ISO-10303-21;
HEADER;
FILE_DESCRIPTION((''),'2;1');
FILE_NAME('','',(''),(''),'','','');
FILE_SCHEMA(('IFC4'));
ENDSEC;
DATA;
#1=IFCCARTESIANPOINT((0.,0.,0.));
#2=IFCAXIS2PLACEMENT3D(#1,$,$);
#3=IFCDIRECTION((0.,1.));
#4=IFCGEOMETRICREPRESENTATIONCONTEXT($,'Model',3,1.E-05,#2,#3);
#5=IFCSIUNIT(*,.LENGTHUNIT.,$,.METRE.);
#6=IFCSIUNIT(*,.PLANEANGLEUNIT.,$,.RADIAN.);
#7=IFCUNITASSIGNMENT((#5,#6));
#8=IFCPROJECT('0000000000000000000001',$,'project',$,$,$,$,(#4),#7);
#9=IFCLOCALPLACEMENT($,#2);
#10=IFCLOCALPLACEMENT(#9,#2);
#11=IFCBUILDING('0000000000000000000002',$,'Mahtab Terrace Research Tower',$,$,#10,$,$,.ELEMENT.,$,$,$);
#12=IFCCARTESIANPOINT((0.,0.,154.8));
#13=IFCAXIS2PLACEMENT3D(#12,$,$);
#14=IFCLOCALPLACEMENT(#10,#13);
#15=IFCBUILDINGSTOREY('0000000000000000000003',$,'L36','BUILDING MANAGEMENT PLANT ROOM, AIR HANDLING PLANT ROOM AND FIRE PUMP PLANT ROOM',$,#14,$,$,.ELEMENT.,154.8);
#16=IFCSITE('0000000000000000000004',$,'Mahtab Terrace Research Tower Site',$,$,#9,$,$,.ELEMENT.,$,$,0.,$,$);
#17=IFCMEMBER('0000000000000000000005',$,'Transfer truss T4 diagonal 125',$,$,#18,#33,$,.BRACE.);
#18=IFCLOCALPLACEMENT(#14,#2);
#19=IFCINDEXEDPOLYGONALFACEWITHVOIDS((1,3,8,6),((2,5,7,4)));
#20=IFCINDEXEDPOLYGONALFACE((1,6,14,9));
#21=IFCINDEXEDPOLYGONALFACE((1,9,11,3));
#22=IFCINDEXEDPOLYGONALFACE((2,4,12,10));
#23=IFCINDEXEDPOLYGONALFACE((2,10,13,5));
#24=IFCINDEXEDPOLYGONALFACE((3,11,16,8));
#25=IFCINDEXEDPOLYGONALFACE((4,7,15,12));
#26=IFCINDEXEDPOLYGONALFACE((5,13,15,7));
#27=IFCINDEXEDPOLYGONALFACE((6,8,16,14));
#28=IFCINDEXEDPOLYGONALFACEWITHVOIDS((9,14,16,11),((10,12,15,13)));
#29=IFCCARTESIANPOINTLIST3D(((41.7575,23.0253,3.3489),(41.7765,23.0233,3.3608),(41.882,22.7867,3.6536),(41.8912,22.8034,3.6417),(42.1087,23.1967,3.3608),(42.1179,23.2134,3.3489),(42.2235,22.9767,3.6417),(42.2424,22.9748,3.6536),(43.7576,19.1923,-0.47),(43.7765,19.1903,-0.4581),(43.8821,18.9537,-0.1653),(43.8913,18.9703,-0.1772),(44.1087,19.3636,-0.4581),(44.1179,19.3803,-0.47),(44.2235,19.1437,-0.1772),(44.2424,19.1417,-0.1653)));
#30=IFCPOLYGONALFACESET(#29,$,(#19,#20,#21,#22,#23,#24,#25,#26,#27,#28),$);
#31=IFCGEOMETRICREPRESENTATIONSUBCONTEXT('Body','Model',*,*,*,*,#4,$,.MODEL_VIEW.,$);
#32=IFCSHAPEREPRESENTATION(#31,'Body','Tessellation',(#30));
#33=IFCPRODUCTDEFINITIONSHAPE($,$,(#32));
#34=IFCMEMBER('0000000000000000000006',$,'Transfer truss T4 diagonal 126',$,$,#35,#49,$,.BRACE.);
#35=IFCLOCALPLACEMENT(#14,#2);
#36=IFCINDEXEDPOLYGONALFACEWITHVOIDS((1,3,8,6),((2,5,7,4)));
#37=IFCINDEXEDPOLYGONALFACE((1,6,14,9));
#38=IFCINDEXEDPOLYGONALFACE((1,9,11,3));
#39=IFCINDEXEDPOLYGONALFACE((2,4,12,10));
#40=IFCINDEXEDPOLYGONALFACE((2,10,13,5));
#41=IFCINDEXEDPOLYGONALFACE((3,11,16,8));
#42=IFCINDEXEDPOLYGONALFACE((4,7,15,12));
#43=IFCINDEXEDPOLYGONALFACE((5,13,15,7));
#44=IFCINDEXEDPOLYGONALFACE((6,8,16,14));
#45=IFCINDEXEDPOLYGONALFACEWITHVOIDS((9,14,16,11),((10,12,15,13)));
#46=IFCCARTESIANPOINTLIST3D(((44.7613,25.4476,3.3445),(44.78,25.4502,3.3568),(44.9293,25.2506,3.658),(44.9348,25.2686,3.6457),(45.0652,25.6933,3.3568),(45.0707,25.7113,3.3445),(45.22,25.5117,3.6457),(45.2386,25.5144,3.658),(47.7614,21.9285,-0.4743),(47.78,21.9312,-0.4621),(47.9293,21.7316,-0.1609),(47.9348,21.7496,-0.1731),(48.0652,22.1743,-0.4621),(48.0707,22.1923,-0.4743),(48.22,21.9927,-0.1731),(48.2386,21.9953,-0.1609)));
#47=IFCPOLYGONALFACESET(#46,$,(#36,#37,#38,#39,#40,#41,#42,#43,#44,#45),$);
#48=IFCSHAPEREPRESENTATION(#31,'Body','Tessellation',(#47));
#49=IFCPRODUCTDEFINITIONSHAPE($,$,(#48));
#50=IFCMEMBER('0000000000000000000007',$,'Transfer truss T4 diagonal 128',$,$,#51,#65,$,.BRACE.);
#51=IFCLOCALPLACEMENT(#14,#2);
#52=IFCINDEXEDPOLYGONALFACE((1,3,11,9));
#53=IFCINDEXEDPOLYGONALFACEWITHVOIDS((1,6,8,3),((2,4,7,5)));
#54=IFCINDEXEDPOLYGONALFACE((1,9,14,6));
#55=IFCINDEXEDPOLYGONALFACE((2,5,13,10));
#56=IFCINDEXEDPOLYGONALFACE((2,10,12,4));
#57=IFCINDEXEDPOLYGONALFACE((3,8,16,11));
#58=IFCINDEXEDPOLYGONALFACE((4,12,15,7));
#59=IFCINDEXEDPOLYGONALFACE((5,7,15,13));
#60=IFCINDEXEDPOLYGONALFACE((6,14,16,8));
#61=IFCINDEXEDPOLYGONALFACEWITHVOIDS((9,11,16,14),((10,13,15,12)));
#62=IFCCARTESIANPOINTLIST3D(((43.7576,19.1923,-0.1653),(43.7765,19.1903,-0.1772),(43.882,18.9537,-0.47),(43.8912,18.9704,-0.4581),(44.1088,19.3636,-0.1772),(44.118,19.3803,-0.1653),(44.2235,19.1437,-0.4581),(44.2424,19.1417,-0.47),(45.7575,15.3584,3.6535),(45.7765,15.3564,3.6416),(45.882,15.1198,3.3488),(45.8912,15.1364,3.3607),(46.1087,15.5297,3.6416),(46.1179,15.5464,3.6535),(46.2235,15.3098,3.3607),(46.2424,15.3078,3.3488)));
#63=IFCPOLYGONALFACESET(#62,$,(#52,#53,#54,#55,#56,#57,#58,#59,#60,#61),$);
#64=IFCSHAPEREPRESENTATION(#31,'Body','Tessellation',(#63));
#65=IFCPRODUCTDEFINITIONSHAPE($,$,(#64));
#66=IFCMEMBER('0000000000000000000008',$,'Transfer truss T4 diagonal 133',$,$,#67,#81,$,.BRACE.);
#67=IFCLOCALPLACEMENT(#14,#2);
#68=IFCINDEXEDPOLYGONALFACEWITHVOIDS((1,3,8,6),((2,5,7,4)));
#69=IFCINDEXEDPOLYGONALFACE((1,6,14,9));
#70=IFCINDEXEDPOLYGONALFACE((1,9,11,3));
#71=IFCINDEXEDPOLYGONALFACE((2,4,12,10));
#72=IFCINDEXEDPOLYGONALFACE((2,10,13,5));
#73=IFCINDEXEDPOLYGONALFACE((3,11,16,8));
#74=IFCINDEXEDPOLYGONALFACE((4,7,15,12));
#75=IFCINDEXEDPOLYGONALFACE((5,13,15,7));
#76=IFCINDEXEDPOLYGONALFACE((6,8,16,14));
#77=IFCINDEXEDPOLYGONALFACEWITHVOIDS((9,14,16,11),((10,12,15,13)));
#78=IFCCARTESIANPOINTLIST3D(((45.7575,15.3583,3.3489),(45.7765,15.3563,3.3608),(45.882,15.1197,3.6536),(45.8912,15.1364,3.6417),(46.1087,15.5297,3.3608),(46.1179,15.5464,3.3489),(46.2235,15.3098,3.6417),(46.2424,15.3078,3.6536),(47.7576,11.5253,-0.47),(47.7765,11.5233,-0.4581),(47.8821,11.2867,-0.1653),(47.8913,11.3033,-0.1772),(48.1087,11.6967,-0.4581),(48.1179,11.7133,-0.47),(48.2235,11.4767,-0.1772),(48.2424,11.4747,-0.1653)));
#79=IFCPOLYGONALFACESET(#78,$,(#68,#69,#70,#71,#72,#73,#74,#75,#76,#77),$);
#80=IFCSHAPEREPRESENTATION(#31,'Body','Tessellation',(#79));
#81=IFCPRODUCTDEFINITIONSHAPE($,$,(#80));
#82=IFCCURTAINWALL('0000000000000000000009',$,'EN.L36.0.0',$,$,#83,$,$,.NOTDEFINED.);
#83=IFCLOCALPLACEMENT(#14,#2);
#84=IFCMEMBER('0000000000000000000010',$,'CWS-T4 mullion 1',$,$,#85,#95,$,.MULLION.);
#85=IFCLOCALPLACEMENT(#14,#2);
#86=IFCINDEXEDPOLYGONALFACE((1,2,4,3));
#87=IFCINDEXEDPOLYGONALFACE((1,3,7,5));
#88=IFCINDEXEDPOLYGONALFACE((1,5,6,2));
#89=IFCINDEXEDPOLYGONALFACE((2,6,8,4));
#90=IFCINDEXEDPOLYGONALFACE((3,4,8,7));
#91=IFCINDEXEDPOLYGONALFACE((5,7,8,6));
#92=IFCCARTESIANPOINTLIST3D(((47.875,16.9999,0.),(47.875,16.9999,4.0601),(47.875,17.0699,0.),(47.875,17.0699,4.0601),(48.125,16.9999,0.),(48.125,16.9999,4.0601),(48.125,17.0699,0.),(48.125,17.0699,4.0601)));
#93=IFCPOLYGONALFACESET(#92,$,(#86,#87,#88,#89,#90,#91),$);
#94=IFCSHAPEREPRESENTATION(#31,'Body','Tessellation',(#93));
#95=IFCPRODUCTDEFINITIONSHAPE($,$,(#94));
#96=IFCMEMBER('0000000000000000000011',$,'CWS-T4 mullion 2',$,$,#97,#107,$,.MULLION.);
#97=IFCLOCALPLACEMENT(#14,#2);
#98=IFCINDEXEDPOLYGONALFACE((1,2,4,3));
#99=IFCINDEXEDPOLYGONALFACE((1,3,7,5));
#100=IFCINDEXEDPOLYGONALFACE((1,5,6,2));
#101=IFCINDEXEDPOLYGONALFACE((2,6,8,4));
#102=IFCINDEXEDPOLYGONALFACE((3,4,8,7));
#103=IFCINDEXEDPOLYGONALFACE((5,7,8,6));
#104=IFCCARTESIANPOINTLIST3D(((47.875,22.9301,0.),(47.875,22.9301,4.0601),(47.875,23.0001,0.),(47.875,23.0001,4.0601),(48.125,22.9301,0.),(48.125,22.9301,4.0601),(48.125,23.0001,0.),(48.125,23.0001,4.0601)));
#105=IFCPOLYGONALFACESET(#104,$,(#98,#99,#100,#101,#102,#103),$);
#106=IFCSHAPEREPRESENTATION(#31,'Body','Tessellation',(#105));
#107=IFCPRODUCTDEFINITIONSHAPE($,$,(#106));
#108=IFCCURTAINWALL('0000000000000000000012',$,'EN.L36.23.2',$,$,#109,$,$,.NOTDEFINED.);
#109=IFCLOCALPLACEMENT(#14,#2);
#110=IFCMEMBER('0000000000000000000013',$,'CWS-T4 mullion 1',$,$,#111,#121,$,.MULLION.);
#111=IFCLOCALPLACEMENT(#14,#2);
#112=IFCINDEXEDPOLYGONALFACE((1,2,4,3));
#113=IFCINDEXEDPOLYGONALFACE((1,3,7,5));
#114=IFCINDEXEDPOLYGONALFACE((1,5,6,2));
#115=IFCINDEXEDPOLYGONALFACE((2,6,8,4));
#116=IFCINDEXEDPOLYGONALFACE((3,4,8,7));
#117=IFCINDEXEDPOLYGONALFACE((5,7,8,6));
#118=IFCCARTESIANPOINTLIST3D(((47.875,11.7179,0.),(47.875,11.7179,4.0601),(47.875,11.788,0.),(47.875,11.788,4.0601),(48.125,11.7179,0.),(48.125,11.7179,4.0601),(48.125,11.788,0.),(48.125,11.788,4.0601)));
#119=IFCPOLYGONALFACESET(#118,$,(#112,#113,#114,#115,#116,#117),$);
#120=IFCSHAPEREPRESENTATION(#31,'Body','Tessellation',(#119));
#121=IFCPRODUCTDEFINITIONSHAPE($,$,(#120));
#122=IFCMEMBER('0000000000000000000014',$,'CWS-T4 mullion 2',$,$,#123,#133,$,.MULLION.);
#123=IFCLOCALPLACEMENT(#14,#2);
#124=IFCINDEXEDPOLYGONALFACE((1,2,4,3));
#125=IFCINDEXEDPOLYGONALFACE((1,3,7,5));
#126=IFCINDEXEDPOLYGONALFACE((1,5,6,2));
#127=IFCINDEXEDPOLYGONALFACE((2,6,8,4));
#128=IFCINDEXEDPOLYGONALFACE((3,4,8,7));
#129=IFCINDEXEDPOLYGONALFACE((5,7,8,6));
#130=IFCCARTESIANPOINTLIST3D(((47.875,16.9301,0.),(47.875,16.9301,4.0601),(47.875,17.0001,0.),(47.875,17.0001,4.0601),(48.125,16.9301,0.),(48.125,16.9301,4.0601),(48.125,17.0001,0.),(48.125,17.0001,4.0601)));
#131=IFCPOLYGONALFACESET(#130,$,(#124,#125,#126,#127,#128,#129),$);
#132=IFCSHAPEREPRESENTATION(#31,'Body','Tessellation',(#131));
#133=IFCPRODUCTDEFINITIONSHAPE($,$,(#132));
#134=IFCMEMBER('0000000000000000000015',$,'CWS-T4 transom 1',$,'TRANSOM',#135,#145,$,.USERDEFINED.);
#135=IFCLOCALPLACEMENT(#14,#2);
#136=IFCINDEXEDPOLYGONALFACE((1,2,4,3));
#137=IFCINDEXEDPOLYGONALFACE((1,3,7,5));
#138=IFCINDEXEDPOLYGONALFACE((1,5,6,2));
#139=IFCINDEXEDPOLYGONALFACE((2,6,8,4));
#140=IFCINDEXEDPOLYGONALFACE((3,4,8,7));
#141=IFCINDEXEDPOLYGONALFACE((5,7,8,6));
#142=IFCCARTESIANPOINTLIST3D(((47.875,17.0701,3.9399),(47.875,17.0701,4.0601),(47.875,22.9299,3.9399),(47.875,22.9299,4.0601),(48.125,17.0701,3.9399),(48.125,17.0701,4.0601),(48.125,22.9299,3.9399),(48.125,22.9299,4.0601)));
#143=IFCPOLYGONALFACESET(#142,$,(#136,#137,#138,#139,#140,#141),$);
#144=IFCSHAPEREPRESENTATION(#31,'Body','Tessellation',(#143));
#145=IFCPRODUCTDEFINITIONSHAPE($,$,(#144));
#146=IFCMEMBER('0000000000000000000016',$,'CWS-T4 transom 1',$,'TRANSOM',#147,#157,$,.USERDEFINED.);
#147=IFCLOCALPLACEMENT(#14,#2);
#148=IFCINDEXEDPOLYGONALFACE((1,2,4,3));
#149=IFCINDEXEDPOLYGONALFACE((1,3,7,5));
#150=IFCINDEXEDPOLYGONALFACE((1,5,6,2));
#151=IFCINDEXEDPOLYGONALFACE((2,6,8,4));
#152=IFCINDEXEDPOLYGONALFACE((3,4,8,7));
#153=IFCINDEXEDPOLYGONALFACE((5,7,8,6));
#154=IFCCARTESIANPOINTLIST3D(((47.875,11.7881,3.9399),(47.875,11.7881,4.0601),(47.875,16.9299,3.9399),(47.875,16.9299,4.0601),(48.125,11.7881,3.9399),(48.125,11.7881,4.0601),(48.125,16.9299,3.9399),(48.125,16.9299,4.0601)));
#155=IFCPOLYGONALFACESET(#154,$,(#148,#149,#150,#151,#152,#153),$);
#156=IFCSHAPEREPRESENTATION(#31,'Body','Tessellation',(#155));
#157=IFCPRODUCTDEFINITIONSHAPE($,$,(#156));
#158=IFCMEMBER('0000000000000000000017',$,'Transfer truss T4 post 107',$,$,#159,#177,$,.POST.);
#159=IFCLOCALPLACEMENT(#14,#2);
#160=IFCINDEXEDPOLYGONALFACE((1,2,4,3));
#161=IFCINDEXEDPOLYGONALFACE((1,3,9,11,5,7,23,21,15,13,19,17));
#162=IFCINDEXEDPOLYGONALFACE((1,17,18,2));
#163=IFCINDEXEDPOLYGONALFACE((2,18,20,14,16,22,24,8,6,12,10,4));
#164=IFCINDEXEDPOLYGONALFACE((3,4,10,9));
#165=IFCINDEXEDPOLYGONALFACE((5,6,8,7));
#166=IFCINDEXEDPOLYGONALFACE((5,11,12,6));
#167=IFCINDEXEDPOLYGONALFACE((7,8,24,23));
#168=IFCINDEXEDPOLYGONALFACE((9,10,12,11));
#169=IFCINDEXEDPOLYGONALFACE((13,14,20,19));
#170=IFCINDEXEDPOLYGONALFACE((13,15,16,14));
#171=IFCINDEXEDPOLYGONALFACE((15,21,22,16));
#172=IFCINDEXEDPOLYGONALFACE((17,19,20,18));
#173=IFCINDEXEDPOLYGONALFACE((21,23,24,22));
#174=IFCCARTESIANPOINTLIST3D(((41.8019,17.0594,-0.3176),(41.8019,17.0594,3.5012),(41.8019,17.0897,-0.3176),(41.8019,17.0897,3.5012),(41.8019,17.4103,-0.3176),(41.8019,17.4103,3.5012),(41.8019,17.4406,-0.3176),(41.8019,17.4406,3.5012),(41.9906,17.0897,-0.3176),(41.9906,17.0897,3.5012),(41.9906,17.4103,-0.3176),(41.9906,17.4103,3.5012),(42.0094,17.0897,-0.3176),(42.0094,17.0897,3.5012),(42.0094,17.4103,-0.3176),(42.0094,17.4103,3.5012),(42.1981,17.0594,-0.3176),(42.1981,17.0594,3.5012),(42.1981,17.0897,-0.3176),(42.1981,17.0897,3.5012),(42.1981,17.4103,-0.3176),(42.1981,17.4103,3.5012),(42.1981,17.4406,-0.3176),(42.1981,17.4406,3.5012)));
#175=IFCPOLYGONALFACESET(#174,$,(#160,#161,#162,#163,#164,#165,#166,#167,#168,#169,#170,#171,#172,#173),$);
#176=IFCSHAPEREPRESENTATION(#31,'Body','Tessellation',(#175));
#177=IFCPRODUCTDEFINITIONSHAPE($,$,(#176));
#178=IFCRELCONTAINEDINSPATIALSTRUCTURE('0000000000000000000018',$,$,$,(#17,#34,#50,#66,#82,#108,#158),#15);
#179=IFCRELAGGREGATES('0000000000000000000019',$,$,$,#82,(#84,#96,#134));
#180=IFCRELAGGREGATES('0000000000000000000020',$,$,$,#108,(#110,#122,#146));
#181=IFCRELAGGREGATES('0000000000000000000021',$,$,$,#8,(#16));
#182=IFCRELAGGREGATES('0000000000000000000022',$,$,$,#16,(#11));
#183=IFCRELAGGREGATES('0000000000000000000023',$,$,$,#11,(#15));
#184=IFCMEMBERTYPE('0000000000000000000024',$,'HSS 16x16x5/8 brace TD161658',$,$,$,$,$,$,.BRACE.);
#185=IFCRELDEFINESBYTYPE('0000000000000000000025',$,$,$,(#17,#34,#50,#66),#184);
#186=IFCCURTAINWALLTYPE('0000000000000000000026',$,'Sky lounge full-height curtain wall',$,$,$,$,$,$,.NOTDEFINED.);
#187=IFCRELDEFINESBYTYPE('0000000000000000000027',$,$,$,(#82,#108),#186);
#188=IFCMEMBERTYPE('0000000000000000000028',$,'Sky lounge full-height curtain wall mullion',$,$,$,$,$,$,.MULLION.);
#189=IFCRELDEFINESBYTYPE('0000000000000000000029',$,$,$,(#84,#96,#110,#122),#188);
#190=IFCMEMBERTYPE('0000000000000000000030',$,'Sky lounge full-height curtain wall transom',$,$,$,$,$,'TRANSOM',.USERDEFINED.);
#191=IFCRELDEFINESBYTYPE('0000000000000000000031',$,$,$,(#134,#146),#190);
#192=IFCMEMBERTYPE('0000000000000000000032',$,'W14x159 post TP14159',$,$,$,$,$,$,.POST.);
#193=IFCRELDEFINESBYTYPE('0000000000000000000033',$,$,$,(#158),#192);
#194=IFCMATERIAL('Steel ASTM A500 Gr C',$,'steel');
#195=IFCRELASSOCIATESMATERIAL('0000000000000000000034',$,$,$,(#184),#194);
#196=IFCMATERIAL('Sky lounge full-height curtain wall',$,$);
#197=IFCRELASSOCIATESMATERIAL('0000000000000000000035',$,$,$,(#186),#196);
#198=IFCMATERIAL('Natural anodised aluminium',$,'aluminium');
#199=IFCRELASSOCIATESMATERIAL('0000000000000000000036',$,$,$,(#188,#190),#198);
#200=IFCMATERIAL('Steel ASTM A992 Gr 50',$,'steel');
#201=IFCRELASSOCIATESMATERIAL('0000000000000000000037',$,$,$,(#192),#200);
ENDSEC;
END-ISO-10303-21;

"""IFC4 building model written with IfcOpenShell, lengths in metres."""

from ifc_helpers import new_model, si_unit, direction, frame, origin, origin_2d, place, context, subcontext, project, spatial, rectangle, hollow_rectangle, i_section, extrude, material, material_profile, profile_set, type_object, element, aggregate, save


model = new_model("IFC4")

# Units and contexts
model_context = context("Model", 3, precision=1e-05, world=origin(), true_north=direction((0.0, 1.0)))
body_context = subcontext(model_context, "Body", "Model", "MODEL_VIEW")
ifc_project = project(units=[si_unit("LENGTHUNIT", "METRE"), si_unit("PLANEANGLEUNIT", "RADIAN")], contexts=[model_context])

# Site, building, storey
site_placement = place(None, origin())
site = spatial("IfcSite", under=ifc_project, at=site_placement, Name="Mahtab Terrace Research Tower Site", CompositionType="ELEMENT", RefElevation=0.0)
building_placement = place(site_placement, origin())
building = spatial("IfcBuilding", under=site, at=building_placement, Name="Mahtab Terrace Research Tower", CompositionType="ELEMENT")
storey_placement = place(building_placement, frame((0.0, 0.0, 154.8)))
storey = spatial("IfcBuildingStorey", under=building, at=storey_placement, Name="L36", Description="BUILDING MANAGEMENT PLANT ROOM, AIR HANDLING PLANT ROOM AND FIRE PUMP PLANT ROOM", CompositionType="ELEMENT", Elevation=154.8)

# Members
ifc_material_1 = material(Name="Steel ASTM A500 Gr C", Category="steel")
ifc_material_profile_1 = material_profile(ifc_material_1, hollow_rectangle(XDim=0.4065, YDim=0.4065, WallThickness=0.0159, at=origin_2d()), Name="HSS16X16X5/8")
ifc_profile_set_1 = profile_set([ifc_material_profile_1], Name="Steel ASTM A500 Gr C")
member_type_1 = type_object("IfcMemberType", Name="HSS 16x16x5/8 brace TD161658", PredefinedType="BRACE", material=ifc_profile_set_1)
member_1_placement = place(storey_placement, frame((44.0, 19.167, -0.3176), z_axis=(-0.346711, 0.664473, 0.662018), x_axis=(-0.886569, -0.462597, 0.0)))
element("IfcMember", 1, at=member_1_placement, inside=storey, type_object=member_type_1, Name="Transfer truss T4 diagonal 125", PredefinedType="BRACE", context=body_context, shape_type="SweptSolid", body=[
    extrude(hollow_rectangle(XDim=0.4065, YDim=0.4065, WallThickness=0.0159, at=origin_2d()), origin(), (0.0, 0.0, 1.0), 5.7686),
])
member_2_placement = place(storey_placement, frame((48.0, 21.9619, -0.3176), z_axis=(-0.500228, 0.586774, 0.636764), x_axis=(-0.760998, -0.648754, 0.0)))
element("IfcMember", 2, at=member_2_placement, inside=storey, type_object=member_type_1, Name="Transfer truss T4 diagonal 126", PredefinedType="BRACE", context=body_context, shape_type="SweptSolid", body=[
    extrude(hollow_rectangle(XDim=0.4065, YDim=0.4065, WallThickness=0.0159, at=origin_2d()), origin(), (0.0, 0.0, 1.0), 5.9973),
])
member_3_placement = place(storey_placement, frame((44.0, 19.167, -0.3176), z_axis=(0.346672, -0.664567, 0.661943), x_axis=(0.886617, 0.462504, 0.0)))
element("IfcMember", 3, at=member_3_placement, inside=storey, type_object=member_type_1, Name="Transfer truss T4 diagonal 128", PredefinedType="BRACE", context=body_context, shape_type="SweptSolid", body=[
    extrude(hollow_rectangle(XDim=0.4065, YDim=0.4065, WallThickness=0.0159, at=origin_2d()), origin(), (0.0, 0.0, 1.0), 5.769),
])
member_4_placement = place(storey_placement, frame((48.0, 11.5, -0.3176), z_axis=(-0.346711, 0.664473, 0.662018), x_axis=(-0.886569, -0.462597, 0.0)))
element("IfcMember", 4, at=member_4_placement, inside=storey, type_object=member_type_1, Name="Transfer truss T4 diagonal 133", PredefinedType="BRACE", context=body_context, shape_type="SweptSolid", body=[
    extrude(hollow_rectangle(XDim=0.4065, YDim=0.4065, WallThickness=0.0159, at=origin_2d()), origin(), (0.0, 0.0, 1.0), 5.7686),
])

# Curtain walls, members
ifc_material_2 = material(Name="Sky lounge full-height curtain wall")
curtain_wall_type = type_object("IfcCurtainWallType", Name="Sky lounge full-height curtain wall", PredefinedType="NOTDEFINED", material=ifc_material_2)
curtain_wall_1_placement = place(storey_placement, origin())
curtain_wall_1 = element("IfcCurtainWall", 5, at=curtain_wall_1_placement, inside=storey, type_object=curtain_wall_type, Name="EN.L36.0.0", PredefinedType="NOTDEFINED")
ifc_material_3 = material(Name="Natural anodised aluminium", Category="aluminium")
ifc_material_profile_2 = material_profile(ifc_material_3, rectangle(XDim=0.25, YDim=0.0701, at=origin_2d()), Name="MULLION 70x250")
ifc_profile_set_2 = profile_set([ifc_material_profile_2], Name="Natural anodised aluminium")
member_type_2 = type_object("IfcMemberType", Name="Sky lounge full-height curtain wall mullion", PredefinedType="MULLION", material=ifc_profile_set_2)
member_5_placement = place(storey_placement, frame((48.0, 17.0349, 0.0), z_axis=(0.0, 0.0, 1.0), x_axis=(-1.0, 0.0, 0.0)))
member_5 = element("IfcMember", 6, at=member_5_placement, type_object=member_type_2, Name="CWS-T4 mullion 1", PredefinedType="MULLION", context=body_context, shape_type="SweptSolid", body=[
    extrude(rectangle(XDim=0.25, YDim=0.0701, at=origin_2d()), origin(), (0.0, 0.0, 1.0), 4.0601),
])
member_6_placement = place(storey_placement, frame((48.0, 22.9651, 0.0), z_axis=(0.0, 0.0, 1.0), x_axis=(-1.0, 0.0, 0.0)))
member_6 = element("IfcMember", 7, at=member_6_placement, type_object=member_type_2, Name="CWS-T4 mullion 2", PredefinedType="MULLION", context=body_context, shape_type="SweptSolid", body=[
    extrude(rectangle(XDim=0.25, YDim=0.0701, at=origin_2d()), origin(), (0.0, 0.0, 1.0), 4.0601),
])
curtain_wall_2_placement = place(storey_placement, origin())
curtain_wall_2 = element("IfcCurtainWall", 8, at=curtain_wall_2_placement, inside=storey, type_object=curtain_wall_type, Name="EN.L36.23.2", PredefinedType="NOTDEFINED")
member_7_placement = place(storey_placement, frame((48.0, 11.7529, 0.0), z_axis=(0.0, 0.0, 1.0), x_axis=(-1.0, 0.0, 0.0)))
member_7 = element("IfcMember", 9, at=member_7_placement, type_object=member_type_2, Name="CWS-T4 mullion 1", PredefinedType="MULLION", context=body_context, shape_type="SweptSolid", body=[
    extrude(rectangle(XDim=0.25, YDim=0.0701, at=origin_2d()), origin(), (0.0, 0.0, 1.0), 4.0601),
])
member_8_placement = place(storey_placement, frame((48.0, 16.9651, 0.0), z_axis=(0.0, 0.0, 1.0), x_axis=(-1.0, 0.0, 0.0)))
member_8 = element("IfcMember", 10, at=member_8_placement, type_object=member_type_2, Name="CWS-T4 mullion 2", PredefinedType="MULLION", context=body_context, shape_type="SweptSolid", body=[
    extrude(rectangle(XDim=0.25, YDim=0.0701, at=origin_2d()), origin(), (0.0, 0.0, 1.0), 4.0601),
])

# Members
ifc_material_profile_3 = material_profile(ifc_material_3, rectangle(XDim=0.25, YDim=0.1201, at=origin_2d()), Name="TRANSOM 120x250")
ifc_profile_set_3 = profile_set([ifc_material_profile_3], Name="Natural anodised aluminium")
member_type_3 = type_object("IfcMemberType", Name="Sky lounge full-height curtain wall transom", ElementType="TRANSOM", PredefinedType="USERDEFINED", material=ifc_profile_set_3)
member_9_placement = place(storey_placement, frame((48.0, 17.0701, 4.0), z_axis=(0.0, 1.0, 0.0), x_axis=(-1.0, 0.0, 0.0)))
member_9 = element("IfcMember", 11, at=member_9_placement, type_object=member_type_3, Name="CWS-T4 transom 1", ObjectType="TRANSOM", PredefinedType="USERDEFINED", context=body_context, shape_type="SweptSolid", body=[
    extrude(rectangle(XDim=0.25, YDim=0.1201, at=origin_2d()), origin(), (0.0, 0.0, 1.0), 5.8599),
])
member_10_placement = place(storey_placement, frame((48.0, 11.7881, 4.0), z_axis=(0.0, 1.0, 0.0), x_axis=(-1.0, 0.0, 0.0)))
member_10 = element("IfcMember", 12, at=member_10_placement, type_object=member_type_3, Name="CWS-T4 transom 1", ObjectType="TRANSOM", PredefinedType="USERDEFINED", context=body_context, shape_type="SweptSolid", body=[
    extrude(rectangle(XDim=0.25, YDim=0.1201, at=origin_2d()), origin(), (0.0, 0.0, 1.0), 5.1418),
])

# Member
ifc_material_4 = material(Name="Steel ASTM A992 Gr 50", Category="steel")
ifc_material_profile_4 = material_profile(ifc_material_4, i_section(OverallWidth=0.3962, OverallDepth=0.3811, WebThickness=0.0188, FlangeThickness=0.0303, at=origin_2d()), Name="W14X159")
ifc_profile_set_4 = profile_set([ifc_material_profile_4], Name="Steel ASTM A992 Gr 50")
member_type_4 = type_object("IfcMemberType", Name="W14x159 post TP14159", PredefinedType="POST", material=ifc_profile_set_4)
for number, where, z_axis, x_axis, name in (
    (13, (42.0, 17.25, -0.3176), (0.0, 0.0, 1.0), (1.0, 0.0, 0.0), "Transfer truss T4 post 107"),
):
    element("IfcMember", number, at=place(storey_placement, frame(where, z_axis=z_axis, x_axis=x_axis)), inside=storey, type_object=member_type_4, Name=name, PredefinedType="POST", context=body_context, shape_type="SweptSolid", body=[
        extrude(i_section(OverallWidth=0.3962, OverallDepth=0.3811, WebThickness=0.0188, FlangeThickness=0.0303, at=origin_2d()), origin(), (0.0, 0.0, 1.0), 3.8188),
    ])

aggregate(curtain_wall_1, [member_5, member_6, member_9])
aggregate(curtain_wall_2, [member_7, member_8, member_10])

save(model, "model.ifc")
